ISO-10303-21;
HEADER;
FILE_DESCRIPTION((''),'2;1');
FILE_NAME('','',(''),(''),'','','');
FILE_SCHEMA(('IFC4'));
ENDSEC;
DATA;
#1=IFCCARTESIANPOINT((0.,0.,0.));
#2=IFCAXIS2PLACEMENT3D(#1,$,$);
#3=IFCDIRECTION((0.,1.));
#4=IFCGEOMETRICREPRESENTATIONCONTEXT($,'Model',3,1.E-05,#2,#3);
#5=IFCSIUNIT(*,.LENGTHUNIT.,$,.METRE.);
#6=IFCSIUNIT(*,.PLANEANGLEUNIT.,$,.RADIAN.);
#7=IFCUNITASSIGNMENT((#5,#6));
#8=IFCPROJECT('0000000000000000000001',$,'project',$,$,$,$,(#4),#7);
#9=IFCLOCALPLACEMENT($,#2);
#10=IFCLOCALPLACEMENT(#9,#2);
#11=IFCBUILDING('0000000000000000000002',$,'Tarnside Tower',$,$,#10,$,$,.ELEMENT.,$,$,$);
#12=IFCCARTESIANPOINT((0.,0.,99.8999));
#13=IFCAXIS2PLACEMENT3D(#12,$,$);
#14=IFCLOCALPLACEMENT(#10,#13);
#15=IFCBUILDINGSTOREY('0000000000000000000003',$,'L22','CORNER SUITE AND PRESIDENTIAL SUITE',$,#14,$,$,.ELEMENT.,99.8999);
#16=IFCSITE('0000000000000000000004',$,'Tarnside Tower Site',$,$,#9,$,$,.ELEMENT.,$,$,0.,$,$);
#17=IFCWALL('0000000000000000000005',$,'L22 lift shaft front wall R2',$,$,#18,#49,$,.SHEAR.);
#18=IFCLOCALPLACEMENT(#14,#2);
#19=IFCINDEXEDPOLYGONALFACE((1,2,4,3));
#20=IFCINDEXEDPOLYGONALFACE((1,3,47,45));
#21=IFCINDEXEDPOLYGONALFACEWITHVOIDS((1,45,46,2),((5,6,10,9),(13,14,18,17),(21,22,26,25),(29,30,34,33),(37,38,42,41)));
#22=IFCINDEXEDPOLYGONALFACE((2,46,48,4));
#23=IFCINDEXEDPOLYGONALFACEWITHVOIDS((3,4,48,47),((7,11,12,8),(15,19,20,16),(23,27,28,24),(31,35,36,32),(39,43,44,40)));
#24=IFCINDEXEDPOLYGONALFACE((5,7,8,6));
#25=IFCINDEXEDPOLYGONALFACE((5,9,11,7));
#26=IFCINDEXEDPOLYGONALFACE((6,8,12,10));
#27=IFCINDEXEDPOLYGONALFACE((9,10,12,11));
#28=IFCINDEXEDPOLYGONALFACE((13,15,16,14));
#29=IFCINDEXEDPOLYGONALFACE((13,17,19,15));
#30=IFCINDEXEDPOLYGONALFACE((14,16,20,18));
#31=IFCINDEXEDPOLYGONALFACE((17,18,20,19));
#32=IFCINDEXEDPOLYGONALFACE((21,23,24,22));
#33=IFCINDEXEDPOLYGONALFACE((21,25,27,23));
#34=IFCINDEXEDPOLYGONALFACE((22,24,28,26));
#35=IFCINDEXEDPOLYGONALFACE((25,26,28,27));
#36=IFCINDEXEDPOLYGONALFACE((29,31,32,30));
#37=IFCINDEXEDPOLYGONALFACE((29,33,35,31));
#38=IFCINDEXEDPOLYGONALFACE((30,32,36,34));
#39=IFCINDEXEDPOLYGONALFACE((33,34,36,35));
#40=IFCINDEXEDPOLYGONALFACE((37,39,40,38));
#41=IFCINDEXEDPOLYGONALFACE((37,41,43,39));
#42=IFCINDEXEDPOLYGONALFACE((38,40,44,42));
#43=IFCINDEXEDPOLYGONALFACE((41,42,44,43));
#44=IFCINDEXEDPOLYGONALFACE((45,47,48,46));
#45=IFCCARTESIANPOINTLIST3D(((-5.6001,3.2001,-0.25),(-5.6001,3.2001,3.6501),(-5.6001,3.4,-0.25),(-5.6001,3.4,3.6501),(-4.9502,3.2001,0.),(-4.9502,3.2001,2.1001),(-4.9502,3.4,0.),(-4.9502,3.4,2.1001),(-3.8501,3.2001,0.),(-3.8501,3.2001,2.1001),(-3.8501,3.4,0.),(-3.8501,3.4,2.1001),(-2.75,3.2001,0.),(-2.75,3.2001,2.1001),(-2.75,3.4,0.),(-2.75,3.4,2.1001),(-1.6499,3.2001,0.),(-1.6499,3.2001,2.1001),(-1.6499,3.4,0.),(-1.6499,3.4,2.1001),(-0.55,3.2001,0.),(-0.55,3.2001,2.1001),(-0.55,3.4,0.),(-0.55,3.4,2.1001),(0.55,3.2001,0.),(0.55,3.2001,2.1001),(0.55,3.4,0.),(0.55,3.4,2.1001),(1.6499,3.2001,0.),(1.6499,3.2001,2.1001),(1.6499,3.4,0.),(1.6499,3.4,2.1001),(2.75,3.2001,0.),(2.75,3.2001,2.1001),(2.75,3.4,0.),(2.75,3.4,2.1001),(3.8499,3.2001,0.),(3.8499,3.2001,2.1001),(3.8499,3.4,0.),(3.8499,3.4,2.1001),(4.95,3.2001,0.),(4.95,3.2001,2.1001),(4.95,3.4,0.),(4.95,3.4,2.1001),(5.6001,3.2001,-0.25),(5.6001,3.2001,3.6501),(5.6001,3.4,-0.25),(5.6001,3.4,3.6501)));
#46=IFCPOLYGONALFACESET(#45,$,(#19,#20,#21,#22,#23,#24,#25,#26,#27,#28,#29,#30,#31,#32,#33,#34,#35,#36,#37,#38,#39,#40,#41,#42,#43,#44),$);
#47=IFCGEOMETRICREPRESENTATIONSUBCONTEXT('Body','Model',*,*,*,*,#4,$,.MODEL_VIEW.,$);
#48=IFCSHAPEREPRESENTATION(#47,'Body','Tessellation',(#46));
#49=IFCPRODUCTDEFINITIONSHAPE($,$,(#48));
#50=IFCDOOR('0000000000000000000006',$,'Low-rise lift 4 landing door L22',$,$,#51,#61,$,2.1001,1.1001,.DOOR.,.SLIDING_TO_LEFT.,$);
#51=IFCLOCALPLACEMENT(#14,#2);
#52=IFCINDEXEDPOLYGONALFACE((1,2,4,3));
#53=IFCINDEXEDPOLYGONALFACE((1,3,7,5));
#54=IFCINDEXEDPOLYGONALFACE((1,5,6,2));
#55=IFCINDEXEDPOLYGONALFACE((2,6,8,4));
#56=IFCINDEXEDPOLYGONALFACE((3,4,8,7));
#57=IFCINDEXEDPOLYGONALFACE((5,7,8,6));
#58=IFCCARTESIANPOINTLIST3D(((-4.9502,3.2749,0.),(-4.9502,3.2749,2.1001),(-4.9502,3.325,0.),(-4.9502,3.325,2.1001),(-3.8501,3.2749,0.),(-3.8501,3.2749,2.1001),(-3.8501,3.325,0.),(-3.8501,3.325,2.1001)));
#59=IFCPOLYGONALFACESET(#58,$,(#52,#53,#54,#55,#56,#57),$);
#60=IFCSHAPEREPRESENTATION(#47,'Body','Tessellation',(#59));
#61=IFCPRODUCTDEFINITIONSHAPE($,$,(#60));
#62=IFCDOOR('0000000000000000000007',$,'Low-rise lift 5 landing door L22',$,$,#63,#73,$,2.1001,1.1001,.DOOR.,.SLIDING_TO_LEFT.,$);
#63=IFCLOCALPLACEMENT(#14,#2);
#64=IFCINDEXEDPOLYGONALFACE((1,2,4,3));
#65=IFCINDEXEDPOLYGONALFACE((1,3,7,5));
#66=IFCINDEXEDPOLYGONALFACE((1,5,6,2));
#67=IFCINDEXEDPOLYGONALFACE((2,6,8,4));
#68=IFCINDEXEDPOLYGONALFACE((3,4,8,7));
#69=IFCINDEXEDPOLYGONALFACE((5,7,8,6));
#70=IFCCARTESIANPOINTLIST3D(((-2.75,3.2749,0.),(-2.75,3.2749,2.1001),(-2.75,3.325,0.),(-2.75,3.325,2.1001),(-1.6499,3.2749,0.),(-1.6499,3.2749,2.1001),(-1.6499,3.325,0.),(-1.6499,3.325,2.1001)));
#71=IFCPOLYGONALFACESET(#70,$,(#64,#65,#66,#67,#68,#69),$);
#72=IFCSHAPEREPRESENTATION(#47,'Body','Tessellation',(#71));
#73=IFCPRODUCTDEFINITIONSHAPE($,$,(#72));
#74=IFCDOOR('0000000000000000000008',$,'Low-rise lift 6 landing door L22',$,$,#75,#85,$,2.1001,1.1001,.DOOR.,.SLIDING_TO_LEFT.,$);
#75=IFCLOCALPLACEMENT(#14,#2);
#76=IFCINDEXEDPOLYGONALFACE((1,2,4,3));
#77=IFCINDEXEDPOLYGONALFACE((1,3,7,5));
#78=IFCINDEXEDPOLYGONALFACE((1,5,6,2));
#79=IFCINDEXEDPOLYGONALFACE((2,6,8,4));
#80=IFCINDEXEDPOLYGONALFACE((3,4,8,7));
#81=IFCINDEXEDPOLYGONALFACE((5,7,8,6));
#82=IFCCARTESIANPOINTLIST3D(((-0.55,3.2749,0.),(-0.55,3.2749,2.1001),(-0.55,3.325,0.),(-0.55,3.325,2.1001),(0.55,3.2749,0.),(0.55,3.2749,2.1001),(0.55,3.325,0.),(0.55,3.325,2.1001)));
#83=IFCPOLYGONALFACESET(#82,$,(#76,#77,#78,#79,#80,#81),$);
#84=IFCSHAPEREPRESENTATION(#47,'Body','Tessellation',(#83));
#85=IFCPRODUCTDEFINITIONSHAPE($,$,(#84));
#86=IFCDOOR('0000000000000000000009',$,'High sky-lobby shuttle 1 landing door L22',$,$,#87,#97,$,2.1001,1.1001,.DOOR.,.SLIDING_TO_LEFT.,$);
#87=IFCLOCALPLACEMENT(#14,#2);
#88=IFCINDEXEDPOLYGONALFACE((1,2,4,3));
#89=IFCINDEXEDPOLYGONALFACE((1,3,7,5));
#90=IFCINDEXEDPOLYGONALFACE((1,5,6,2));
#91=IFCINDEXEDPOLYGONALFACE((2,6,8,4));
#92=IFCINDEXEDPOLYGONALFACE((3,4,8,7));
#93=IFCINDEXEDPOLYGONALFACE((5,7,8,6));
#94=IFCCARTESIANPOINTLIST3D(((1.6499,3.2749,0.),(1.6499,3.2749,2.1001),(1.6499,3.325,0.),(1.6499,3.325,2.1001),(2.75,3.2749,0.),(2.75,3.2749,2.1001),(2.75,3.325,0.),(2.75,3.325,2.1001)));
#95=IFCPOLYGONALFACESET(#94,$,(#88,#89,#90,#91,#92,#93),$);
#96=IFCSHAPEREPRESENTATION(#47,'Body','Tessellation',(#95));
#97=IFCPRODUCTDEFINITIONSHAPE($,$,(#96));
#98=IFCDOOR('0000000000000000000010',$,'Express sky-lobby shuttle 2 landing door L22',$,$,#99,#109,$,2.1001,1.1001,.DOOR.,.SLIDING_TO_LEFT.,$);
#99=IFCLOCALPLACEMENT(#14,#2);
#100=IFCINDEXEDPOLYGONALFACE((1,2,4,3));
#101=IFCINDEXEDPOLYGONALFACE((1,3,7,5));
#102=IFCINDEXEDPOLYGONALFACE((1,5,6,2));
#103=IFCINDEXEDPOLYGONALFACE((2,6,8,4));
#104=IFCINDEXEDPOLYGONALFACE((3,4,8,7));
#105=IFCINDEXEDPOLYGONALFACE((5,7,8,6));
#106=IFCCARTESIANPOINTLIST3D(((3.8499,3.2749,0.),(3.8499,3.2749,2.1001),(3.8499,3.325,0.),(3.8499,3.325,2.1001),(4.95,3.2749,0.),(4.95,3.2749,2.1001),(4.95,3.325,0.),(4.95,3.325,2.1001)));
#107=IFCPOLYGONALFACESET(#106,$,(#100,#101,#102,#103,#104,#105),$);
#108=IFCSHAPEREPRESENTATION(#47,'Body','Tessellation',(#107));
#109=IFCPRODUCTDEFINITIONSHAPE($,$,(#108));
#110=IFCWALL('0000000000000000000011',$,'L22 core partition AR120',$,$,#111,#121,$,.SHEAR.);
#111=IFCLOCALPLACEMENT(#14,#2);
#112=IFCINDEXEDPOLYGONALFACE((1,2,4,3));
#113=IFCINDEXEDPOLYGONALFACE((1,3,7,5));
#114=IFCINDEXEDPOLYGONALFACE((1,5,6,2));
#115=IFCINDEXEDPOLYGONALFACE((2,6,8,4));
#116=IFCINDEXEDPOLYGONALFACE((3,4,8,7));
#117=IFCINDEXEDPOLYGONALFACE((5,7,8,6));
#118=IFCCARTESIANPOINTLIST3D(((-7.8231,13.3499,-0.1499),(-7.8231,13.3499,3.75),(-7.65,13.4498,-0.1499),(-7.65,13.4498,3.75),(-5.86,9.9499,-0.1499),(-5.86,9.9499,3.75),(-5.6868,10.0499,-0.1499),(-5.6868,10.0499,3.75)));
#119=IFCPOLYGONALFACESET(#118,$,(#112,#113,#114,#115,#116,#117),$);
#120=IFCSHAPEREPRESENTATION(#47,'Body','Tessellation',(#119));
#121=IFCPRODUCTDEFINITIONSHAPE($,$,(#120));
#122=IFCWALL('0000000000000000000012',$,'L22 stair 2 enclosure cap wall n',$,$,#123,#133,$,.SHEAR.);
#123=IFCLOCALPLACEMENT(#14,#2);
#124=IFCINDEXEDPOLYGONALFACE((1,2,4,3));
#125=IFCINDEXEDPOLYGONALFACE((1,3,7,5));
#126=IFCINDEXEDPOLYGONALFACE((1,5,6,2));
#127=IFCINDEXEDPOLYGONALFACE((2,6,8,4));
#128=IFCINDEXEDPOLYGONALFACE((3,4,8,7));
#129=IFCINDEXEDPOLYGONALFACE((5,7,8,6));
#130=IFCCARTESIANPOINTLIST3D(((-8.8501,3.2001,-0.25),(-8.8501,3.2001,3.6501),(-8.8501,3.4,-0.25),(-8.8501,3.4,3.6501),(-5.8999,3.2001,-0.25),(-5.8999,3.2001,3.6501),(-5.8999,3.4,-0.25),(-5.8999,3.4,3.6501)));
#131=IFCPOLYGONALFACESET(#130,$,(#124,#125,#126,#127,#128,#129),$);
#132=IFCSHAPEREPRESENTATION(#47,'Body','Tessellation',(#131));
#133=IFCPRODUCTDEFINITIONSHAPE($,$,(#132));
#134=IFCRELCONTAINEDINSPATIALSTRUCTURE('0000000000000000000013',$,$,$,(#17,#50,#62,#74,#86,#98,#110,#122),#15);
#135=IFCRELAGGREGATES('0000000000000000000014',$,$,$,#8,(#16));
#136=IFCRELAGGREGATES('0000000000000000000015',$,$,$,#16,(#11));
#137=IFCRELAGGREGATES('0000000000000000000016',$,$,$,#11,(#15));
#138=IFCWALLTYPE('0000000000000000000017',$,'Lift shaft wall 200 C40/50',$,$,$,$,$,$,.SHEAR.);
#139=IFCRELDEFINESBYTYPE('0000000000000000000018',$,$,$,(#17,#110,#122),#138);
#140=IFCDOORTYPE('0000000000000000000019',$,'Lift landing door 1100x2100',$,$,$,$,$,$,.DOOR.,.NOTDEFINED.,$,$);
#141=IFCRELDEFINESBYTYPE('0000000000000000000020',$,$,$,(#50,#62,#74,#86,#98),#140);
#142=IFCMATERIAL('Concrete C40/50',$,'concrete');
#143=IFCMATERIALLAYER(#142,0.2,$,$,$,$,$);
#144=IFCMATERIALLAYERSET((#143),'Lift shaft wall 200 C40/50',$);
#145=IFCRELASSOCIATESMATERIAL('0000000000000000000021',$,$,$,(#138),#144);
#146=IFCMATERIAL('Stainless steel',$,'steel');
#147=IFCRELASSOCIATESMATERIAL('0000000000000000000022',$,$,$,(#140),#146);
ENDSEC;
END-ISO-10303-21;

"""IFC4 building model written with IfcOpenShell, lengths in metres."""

from ifc_helpers import new_model, si_unit, direction, frame, frame_2d, origin, place, context, subcontext, project, spatial, rectangle, extrude, material, layer, layer_set, type_object, element, fill, save


model = new_model("IFC4")

# Units and contexts
model_context = context("Model", 3, precision=1e-05, world=origin(), true_north=direction((0.0, 1.0)))
body_context = subcontext(model_context, "Body", "Model", "MODEL_VIEW")
ifc_project = project(units=[si_unit("LENGTHUNIT", "METRE"), si_unit("PLANEANGLEUNIT", "RADIAN")], contexts=[model_context])

# Site, building, storey
site_placement = place(None, origin())
site = spatial("IfcSite", under=ifc_project, at=site_placement, Name="Tarnside Tower Site", CompositionType="ELEMENT", RefElevation=0.0)
building_placement = place(site_placement, origin())
building = spatial("IfcBuilding", under=site, at=building_placement, Name="Tarnside Tower", CompositionType="ELEMENT")
storey_placement = place(building_placement, frame((0.0, 0.0, 99.8999)))
storey = spatial("IfcBuildingStorey", under=building, at=storey_placement, Name="L22", Description="CORNER SUITE AND PRESIDENTIAL SUITE", CompositionType="ELEMENT", Elevation=99.8999)

# Shared definitions
ifc_material_1 = material(Name="Concrete C40/50", Category="concrete")
ifc_layer_1 = layer(ifc_material_1, 0.2)
ifc_layer_set_1 = layer_set([ifc_layer_1], Name="Lift shaft wall 200 C40/50")
wall_type_1 = type_object("IfcWallType", Name="Lift shaft wall 200 C40/50", PredefinedType="SHEAR", material=ifc_layer_set_1)
ifc_material_2 = material(Name="Stainless steel", Category="steel")
door_type_1 = type_object("IfcDoorType", Name="Lift landing door 1100x2100", OperationType="NOTDEFINED", PredefinedType="DOOR", material=ifc_material_2)

# Wall, openings, doors
wall_1_placement = place(storey_placement, frame((-5.6001, 3.3, -0.25), z_axis=(0.0, 0.0, 1.0), x_axis=(1.0, 0.0, 0.0)))
wall_1 = element("IfcWall", 1, at=wall_1_placement, inside=storey, type_object=wall_type_1, Name="L22 lift shaft front wall R2", PredefinedType="SHEAR", context=body_context, shape_type="SweptSolid", body=[
    extrude(rectangle(XDim=11.2002, YDim=0.2, at=frame_2d((5.6001, 0.0))), origin(), (0.0, 0.0, 1.0), 3.9001),
])
opening_1_placement = place(wall_1_placement, frame((0.6499, 0.0, 0.25)))
opening_1 = element("IfcOpeningElement", 2, at=opening_1_placement, cuts=wall_1, PredefinedType="OPENING", context=body_context, shape_type="SweptSolid", body=[
    extrude(rectangle(XDim=1.1001, YDim=2.1001, at=frame_2d((0.55, 1.05))), frame((0.0, 0.1099, 0.0), z_axis=(0.0, -1.0, 0.0), x_axis=(1.0, 0.0, 0.0)), (0.0, 0.0, 1.0), 0.22),
])
opening_2_placement = place(wall_1_placement, frame((2.8501, 0.0, 0.25)))
opening_2 = element("IfcOpeningElement", 3, at=opening_2_placement, cuts=wall_1, PredefinedType="OPENING", context=body_context, shape_type="SweptSolid", body=[
    extrude(rectangle(XDim=1.1001, YDim=2.1001, at=frame_2d((0.55, 1.05))), frame((0.0, 0.1099, 0.0), z_axis=(0.0, -1.0, 0.0), x_axis=(1.0, 0.0, 0.0)), (0.0, 0.0, 1.0), 0.22),
])
opening_3_placement = place(wall_1_placement, frame((5.05, 0.0, 0.25)))
opening_3 = element("IfcOpeningElement", 4, at=opening_3_placement, cuts=wall_1, PredefinedType="OPENING", context=body_context, shape_type="SweptSolid", body=[
    extrude(rectangle(XDim=1.1001, YDim=2.1001, at=frame_2d((0.55, 1.05))), frame((0.0, 0.1099, 0.0), z_axis=(0.0, -1.0, 0.0), x_axis=(1.0, 0.0, 0.0)), (0.0, 0.0, 1.0), 0.22),
])
opening_4_placement = place(wall_1_placement, frame((7.25, 0.0, 0.25)))
opening_4 = element("IfcOpeningElement", 5, at=opening_4_placement, cuts=wall_1, PredefinedType="OPENING", context=body_context, shape_type="SweptSolid", body=[
    extrude(rectangle(XDim=1.1001, YDim=2.1001, at=frame_2d((0.55, 1.05))), frame((0.0, 0.1099, 0.0), z_axis=(0.0, -1.0, 0.0), x_axis=(1.0, 0.0, 0.0)), (0.0, 0.0, 1.0), 0.22),
])
opening_5_placement = place(wall_1_placement, frame((9.45, 0.0, 0.25)))
opening_5 = element("IfcOpeningElement", 6, at=opening_5_placement, cuts=wall_1, PredefinedType="OPENING", context=body_context, shape_type="SweptSolid", body=[
    extrude(rectangle(XDim=1.1001, YDim=2.1001, at=frame_2d((0.55, 1.05))), frame((0.0, 0.1099, 0.0), z_axis=(0.0, -1.0, 0.0), x_axis=(1.0, 0.0, 0.0)), (0.0, 0.0, 1.0), 0.22),
])
door_1_placement = place(opening_1_placement, origin())
door_1 = element("IfcDoor", 7, at=door_1_placement, inside=storey, type_object=door_type_1, Name="Low-rise lift 4 landing door L22", OperationType="SLIDING_TO_LEFT", OverallHeight=2.1001, OverallWidth=1.1001, PredefinedType="DOOR", context=body_context, shape_type="SweptSolid", body=[
    extrude(rectangle(XDim=1.1001, YDim=2.1001, at=frame_2d((0.55, 1.05))), frame((0.0, 0.0249, 0.0), z_axis=(0.0, -1.0, 0.0), x_axis=(1.0, 0.0, 0.0)), (0.0, 0.0, 1.0), 0.05),
])
fill(opening_1, door_1)
door_2_placement = place(opening_2_placement, origin())
door_2 = element("IfcDoor", 8, at=door_2_placement, inside=storey, type_object=door_type_1, Name="Low-rise lift 5 landing door L22", OperationType="SLIDING_TO_LEFT", OverallHeight=2.1001, OverallWidth=1.1001, PredefinedType="DOOR", context=body_context, shape_type="SweptSolid", body=[
    extrude(rectangle(XDim=1.1001, YDim=2.1001, at=frame_2d((0.55, 1.05))), frame((0.0, 0.0249, 0.0), z_axis=(0.0, -1.0, 0.0), x_axis=(1.0, 0.0, 0.0)), (0.0, 0.0, 1.0), 0.05),
])
fill(opening_2, door_2)
door_3_placement = place(opening_3_placement, origin())
door_3 = element("IfcDoor", 9, at=door_3_placement, inside=storey, type_object=door_type_1, Name="Low-rise lift 6 landing door L22", OperationType="SLIDING_TO_LEFT", OverallHeight=2.1001, OverallWidth=1.1001, PredefinedType="DOOR", context=body_context, shape_type="SweptSolid", body=[
    extrude(rectangle(XDim=1.1001, YDim=2.1001, at=frame_2d((0.55, 1.05))), frame((0.0, 0.0249, 0.0), z_axis=(0.0, -1.0, 0.0), x_axis=(1.0, 0.0, 0.0)), (0.0, 0.0, 1.0), 0.05),
])
fill(opening_3, door_3)
door_4_placement = place(opening_4_placement, origin())
door_4 = element("IfcDoor", 10, at=door_4_placement, inside=storey, type_object=door_type_1, Name="High sky-lobby shuttle 1 landing door L22", OperationType="SLIDING_TO_LEFT", OverallHeight=2.1001, OverallWidth=1.1001, PredefinedType="DOOR", context=body_context, shape_type="SweptSolid", body=[
    extrude(rectangle(XDim=1.1001, YDim=2.1001, at=frame_2d((0.55, 1.05))), frame((0.0, 0.0249, 0.0), z_axis=(0.0, -1.0, 0.0), x_axis=(1.0, 0.0, 0.0)), (0.0, 0.0, 1.0), 0.05),
])
fill(opening_4, door_4)
door_5_placement = place(opening_5_placement, origin())
door_5 = element("IfcDoor", 11, at=door_5_placement, inside=storey, type_object=door_type_1, Name="Express sky-lobby shuttle 2 landing door L22", OperationType="SLIDING_TO_LEFT", OverallHeight=2.1001, OverallWidth=1.1001, PredefinedType="DOOR", context=body_context, shape_type="SweptSolid", body=[
    extrude(rectangle(XDim=1.1001, YDim=2.1001, at=frame_2d((0.55, 1.05))), frame((0.0, 0.0249, 0.0), z_axis=(0.0, -1.0, 0.0), x_axis=(1.0, 0.0, 0.0)), (0.0, 0.0, 1.0), 0.05),
])
fill(opening_5, door_5)

# Walls
wall_2_placement = place(storey_placement, frame((-5.7734, 10.0, -0.1499), z_axis=(0.0, 0.0, 1.0), x_axis=(-0.500038, 0.866003, 0.0)))
element("IfcWall", 12, at=wall_2_placement, inside=storey, type_object=wall_type_1, Name="L22 core partition AR120", PredefinedType="SHEAR", context=body_context, shape_type="SweptSolid", body=[
    extrude(rectangle(XDim=3.926, YDim=0.2, at=frame_2d((1.9629, 0.0))), origin(), (0.0, 0.0, 1.0), 3.8999),
])
wall_3_placement = place(storey_placement, frame((-8.8501, 3.3, -0.25), z_axis=(0.0, 0.0, 1.0), x_axis=(1.0, 0.0, 0.0)))
element("IfcWall", 13, at=wall_3_placement, inside=storey, type_object=wall_type_1, Name="L22 stair 2 enclosure cap wall n", PredefinedType="SHEAR", context=body_context, shape_type="SweptSolid", body=[
    extrude(rectangle(XDim=2.9502, YDim=0.2, at=frame_2d((1.4751, 0.0))), origin(), (0.0, 0.0, 1.0), 3.9001),
])

save(model, "model.ifc")
